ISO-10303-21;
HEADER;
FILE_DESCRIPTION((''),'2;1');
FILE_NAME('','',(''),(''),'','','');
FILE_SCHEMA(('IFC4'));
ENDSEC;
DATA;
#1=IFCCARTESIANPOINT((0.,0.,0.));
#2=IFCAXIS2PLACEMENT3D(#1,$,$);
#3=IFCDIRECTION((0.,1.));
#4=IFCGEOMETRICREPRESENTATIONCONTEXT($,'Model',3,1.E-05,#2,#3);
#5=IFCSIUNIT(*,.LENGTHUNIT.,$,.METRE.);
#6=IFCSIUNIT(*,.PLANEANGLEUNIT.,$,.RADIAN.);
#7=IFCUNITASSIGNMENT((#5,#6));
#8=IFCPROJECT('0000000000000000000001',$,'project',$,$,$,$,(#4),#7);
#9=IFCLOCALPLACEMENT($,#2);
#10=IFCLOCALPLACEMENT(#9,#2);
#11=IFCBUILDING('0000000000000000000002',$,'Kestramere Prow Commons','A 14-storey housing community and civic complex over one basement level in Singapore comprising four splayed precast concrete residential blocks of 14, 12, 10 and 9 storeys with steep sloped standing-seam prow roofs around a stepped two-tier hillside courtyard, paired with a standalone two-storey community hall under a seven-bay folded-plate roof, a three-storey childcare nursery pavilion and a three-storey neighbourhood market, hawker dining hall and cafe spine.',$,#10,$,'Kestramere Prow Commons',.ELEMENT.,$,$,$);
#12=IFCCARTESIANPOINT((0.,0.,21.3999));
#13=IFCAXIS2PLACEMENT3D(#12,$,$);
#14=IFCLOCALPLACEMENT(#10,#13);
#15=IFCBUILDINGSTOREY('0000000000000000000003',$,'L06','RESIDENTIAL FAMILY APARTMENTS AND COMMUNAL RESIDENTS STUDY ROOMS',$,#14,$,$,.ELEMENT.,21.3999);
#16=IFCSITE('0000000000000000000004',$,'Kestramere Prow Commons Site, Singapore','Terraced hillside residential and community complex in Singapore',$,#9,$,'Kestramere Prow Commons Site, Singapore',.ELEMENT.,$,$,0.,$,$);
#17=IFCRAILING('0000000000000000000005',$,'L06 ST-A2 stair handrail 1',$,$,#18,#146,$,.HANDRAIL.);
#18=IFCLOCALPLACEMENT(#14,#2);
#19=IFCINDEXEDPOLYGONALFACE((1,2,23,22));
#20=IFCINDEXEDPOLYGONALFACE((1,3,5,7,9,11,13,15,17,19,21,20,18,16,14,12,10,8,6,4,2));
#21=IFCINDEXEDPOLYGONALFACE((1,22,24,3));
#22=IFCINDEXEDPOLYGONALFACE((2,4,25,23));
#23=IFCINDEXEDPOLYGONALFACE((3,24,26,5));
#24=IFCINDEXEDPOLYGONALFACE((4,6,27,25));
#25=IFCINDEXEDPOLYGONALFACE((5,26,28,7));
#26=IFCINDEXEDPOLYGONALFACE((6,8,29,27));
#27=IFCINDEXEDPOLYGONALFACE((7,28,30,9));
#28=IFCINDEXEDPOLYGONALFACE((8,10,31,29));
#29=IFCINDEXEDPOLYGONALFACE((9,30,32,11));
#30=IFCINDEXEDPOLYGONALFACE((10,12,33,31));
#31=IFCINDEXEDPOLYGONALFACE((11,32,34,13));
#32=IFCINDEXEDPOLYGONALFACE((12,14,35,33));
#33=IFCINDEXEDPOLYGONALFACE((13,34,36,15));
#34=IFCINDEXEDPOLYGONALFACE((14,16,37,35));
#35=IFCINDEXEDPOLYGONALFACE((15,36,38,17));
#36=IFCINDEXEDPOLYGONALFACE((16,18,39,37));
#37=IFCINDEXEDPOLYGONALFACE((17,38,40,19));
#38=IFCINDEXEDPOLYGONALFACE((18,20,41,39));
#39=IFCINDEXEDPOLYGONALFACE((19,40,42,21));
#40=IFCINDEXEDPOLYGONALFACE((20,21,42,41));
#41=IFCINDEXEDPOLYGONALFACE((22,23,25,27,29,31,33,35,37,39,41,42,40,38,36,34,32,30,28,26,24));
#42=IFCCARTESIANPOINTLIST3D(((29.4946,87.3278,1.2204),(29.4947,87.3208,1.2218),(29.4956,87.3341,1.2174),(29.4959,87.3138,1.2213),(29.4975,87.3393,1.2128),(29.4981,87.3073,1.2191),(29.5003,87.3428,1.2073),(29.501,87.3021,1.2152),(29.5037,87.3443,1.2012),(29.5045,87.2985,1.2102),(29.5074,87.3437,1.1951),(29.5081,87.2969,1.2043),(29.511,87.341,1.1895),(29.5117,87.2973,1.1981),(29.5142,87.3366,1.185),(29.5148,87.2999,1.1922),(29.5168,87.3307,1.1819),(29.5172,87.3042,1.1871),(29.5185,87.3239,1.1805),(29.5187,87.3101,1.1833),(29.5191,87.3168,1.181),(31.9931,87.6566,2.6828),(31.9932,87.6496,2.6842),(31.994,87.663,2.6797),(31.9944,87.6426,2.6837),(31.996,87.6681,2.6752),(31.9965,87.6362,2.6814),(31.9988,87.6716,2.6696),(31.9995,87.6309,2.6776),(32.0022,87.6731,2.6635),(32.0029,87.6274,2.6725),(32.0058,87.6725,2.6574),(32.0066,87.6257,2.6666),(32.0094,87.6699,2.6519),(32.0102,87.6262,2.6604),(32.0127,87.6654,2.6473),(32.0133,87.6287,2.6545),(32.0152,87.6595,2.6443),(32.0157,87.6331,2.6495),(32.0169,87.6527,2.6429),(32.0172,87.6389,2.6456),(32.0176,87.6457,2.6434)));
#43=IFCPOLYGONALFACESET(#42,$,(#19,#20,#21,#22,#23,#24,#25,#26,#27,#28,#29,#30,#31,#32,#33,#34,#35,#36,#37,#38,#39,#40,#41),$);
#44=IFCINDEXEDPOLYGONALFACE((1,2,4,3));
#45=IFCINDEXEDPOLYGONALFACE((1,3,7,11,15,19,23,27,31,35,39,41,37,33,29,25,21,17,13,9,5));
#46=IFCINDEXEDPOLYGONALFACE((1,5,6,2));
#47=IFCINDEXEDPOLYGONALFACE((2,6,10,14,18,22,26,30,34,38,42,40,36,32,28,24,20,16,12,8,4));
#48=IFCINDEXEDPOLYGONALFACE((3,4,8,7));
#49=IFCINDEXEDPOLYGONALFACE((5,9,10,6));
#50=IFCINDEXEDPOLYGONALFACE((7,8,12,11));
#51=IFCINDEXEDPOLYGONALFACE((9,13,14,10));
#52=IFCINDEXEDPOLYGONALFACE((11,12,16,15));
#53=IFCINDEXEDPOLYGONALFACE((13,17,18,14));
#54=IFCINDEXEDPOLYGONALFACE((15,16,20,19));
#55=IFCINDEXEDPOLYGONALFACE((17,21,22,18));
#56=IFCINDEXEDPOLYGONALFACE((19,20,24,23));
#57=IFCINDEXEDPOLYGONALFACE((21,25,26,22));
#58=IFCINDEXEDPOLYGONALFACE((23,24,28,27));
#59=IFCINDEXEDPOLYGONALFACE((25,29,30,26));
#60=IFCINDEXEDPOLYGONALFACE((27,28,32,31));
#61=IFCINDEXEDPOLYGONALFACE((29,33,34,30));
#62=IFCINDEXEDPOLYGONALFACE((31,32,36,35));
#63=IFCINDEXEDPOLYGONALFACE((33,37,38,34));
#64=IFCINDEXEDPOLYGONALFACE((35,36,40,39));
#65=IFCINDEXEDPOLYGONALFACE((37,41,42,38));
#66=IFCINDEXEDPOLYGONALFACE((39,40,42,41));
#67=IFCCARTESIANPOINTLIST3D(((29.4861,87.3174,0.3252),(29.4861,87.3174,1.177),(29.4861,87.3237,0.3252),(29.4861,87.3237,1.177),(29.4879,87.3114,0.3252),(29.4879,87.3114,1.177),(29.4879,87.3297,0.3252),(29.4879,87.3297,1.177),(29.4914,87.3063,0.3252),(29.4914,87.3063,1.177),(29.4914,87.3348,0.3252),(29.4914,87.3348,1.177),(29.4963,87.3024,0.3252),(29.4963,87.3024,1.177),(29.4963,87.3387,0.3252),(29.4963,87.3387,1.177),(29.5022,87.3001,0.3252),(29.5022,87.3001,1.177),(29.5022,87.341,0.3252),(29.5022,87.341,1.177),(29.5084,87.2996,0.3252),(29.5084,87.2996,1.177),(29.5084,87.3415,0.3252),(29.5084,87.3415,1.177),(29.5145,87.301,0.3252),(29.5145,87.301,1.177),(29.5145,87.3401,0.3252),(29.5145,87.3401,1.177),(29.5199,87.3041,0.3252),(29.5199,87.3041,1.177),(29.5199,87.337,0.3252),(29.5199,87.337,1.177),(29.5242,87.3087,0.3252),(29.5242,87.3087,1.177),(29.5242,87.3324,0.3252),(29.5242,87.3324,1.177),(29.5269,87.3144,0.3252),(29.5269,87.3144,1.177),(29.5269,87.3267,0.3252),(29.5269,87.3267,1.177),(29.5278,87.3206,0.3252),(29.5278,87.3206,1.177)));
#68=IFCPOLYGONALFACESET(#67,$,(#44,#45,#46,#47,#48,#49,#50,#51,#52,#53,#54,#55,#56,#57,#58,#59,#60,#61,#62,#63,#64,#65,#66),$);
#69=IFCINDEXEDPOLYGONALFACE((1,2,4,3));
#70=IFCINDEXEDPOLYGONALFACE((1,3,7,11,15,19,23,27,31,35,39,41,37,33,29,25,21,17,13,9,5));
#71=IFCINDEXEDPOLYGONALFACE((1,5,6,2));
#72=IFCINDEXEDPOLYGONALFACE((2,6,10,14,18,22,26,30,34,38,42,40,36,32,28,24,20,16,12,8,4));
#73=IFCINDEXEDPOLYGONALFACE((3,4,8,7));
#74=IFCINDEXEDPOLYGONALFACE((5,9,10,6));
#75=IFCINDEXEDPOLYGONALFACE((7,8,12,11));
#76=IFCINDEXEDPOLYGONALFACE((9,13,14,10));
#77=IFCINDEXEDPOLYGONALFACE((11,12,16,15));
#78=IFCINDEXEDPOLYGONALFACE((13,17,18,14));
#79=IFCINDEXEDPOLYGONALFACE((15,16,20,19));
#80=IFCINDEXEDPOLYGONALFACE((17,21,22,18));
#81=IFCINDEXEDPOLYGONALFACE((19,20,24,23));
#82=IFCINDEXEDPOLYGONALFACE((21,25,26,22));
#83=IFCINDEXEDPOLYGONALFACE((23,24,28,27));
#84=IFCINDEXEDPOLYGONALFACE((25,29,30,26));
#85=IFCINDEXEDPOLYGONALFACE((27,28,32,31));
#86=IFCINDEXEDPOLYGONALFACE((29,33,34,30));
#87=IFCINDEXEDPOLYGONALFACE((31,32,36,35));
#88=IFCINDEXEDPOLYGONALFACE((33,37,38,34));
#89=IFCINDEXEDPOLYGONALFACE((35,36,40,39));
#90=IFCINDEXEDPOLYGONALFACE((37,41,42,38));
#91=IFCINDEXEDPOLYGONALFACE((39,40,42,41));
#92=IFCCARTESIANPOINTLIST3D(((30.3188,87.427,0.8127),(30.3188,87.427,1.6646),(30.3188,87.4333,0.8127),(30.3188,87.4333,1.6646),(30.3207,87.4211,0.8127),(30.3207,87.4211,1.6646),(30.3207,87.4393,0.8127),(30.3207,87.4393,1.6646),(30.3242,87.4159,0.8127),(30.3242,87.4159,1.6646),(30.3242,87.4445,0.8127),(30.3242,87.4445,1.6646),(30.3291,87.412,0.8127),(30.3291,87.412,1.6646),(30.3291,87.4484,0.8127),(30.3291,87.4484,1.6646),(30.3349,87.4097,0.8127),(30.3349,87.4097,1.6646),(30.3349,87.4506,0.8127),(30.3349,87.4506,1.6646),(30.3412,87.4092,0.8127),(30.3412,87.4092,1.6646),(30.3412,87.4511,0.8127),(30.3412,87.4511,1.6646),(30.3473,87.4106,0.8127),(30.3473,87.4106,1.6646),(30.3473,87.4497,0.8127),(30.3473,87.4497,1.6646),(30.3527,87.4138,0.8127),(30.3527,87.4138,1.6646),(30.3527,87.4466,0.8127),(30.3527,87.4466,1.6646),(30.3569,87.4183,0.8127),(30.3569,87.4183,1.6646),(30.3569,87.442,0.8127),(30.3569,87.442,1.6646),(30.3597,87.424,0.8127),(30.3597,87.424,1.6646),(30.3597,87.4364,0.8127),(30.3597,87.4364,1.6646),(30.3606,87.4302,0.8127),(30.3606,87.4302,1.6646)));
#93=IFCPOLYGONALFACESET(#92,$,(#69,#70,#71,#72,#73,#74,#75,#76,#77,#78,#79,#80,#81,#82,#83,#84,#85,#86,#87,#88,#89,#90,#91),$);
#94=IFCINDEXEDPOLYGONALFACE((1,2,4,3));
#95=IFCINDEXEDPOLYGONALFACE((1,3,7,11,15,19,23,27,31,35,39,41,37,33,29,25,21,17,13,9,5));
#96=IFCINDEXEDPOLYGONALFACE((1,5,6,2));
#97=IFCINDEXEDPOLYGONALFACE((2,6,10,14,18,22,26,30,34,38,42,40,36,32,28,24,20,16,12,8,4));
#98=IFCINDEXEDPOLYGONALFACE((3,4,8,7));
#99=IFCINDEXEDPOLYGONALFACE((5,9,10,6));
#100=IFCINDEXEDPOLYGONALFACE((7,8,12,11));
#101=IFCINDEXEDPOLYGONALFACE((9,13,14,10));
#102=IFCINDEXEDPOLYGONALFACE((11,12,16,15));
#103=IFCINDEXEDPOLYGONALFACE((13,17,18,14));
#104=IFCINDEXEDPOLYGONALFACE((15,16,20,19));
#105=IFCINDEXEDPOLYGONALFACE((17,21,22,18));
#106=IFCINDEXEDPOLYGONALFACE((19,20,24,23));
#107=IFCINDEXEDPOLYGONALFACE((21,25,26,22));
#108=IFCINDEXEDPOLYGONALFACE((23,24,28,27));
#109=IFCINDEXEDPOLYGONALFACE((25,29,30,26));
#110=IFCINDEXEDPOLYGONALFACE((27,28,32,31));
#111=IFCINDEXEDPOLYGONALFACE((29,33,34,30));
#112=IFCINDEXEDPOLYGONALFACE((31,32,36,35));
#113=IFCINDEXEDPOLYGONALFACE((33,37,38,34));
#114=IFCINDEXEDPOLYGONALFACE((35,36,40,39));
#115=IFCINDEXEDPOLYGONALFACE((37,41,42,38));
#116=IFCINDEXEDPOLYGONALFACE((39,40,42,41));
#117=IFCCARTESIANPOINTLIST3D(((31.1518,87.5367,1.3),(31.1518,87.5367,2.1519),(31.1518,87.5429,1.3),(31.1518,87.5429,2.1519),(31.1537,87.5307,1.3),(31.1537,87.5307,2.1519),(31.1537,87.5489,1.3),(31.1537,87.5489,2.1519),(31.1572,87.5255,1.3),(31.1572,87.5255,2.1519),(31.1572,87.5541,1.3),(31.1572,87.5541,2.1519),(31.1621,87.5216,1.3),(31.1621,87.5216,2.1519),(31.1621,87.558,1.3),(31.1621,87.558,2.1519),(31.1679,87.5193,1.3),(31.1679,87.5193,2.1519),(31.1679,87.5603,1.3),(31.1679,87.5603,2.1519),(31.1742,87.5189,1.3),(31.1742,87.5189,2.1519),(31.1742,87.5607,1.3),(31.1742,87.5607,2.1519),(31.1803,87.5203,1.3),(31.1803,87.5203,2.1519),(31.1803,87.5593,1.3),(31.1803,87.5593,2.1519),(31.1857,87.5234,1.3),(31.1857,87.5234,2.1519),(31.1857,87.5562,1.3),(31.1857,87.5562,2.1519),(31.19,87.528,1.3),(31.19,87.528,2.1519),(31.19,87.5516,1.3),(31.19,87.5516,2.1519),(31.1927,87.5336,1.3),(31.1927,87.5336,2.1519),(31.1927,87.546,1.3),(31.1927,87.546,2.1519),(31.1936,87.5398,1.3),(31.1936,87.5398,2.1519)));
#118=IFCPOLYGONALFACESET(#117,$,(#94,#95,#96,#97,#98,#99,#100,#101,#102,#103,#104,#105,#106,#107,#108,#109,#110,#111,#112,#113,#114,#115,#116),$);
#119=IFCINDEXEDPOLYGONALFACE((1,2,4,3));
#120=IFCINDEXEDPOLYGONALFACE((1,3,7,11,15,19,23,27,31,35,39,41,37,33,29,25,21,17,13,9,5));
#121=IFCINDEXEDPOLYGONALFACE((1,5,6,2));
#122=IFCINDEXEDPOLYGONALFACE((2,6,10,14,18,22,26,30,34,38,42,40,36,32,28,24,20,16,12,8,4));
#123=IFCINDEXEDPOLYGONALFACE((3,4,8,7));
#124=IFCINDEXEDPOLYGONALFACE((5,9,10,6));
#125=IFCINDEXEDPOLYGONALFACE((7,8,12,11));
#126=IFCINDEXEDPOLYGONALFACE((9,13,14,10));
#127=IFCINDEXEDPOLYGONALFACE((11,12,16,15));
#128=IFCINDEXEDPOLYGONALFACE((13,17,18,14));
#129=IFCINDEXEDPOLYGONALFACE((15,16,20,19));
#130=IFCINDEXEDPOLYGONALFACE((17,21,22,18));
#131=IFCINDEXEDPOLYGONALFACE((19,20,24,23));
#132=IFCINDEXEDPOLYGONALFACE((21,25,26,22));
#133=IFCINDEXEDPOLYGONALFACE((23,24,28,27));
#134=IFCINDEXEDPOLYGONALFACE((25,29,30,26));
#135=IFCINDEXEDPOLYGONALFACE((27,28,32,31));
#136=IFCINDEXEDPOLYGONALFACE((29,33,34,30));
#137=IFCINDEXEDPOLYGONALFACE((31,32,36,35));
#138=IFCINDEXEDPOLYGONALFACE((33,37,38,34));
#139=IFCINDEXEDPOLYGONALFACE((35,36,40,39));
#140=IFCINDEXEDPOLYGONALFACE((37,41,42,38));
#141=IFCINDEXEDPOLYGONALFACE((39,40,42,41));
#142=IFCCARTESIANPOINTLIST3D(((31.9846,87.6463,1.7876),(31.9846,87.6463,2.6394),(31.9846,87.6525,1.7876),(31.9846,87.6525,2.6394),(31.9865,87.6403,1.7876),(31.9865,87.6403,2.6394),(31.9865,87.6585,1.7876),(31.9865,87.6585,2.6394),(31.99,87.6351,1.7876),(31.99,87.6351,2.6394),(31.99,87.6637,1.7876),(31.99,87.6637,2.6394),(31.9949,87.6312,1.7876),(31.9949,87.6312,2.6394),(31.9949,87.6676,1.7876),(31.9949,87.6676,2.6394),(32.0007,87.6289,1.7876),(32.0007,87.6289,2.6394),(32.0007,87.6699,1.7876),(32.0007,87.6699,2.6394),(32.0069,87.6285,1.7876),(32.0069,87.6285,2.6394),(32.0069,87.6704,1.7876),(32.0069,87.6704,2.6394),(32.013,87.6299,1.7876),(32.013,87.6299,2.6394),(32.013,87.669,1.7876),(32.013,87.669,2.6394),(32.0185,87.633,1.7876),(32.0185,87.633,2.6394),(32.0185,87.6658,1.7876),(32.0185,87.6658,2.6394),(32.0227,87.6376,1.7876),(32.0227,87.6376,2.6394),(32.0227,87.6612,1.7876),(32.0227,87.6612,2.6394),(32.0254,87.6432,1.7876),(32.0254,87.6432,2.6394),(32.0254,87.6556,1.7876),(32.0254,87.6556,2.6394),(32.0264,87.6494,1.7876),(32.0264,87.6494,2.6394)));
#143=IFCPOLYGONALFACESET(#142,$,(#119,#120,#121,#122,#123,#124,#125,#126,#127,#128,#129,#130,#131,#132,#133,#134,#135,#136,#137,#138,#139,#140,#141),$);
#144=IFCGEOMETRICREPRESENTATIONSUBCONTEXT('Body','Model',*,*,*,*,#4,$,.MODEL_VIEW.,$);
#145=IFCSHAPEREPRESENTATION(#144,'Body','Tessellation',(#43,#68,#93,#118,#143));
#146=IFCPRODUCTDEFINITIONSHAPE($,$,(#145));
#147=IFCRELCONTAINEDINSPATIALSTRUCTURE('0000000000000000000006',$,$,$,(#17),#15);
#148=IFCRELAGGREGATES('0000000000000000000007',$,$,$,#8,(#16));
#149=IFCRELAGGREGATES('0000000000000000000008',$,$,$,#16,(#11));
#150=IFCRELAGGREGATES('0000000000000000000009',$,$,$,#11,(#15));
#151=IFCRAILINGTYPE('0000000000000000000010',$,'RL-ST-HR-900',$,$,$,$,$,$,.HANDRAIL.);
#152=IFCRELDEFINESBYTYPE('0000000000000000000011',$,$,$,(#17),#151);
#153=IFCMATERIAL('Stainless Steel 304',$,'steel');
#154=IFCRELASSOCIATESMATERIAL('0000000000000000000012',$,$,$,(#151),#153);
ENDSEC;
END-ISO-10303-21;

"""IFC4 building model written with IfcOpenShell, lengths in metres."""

from ifc_helpers import new_model, si_unit, direction, frame, origin, origin_2d, place, context, subcontext, project, spatial, circle, extrude, material, type_object, element, save


model = new_model("IFC4")

# Units and contexts
model_context = context("Model", 3, precision=1e-05, world=origin(), true_north=direction((0.0, 1.0)))
body_context = subcontext(model_context, "Body", "Model", "MODEL_VIEW")
ifc_project = project(units=[si_unit("LENGTHUNIT", "METRE"), si_unit("PLANEANGLEUNIT", "RADIAN")], contexts=[model_context])

# Site, building, storey
site_placement = place(None, origin())
site = spatial("IfcSite", under=ifc_project, at=site_placement, Name="Kestramere Prow Commons Site, Singapore", Description="Terraced hillside residential and community complex in Singapore", LongName="Kestramere Prow Commons Site, Singapore", CompositionType="ELEMENT", RefElevation=0.0)
building_placement = place(site_placement, origin())
building = spatial("IfcBuilding", under=site, at=building_placement, Name="Kestramere Prow Commons", Description="A 14-storey housing community and civic complex over one basement level in Singapore comprising four splayed precast concrete residential blocks of 14, 12, 10 and 9 storeys with steep sloped standing-seam prow roofs around a stepped two-tier hillside courtyard, paired with a standalone two-storey community hall under a seven-bay folded-plate roof, a three-storey childcare nursery pavilion and a three-storey neighbourhood market, hawker dining hall and cafe spine.", LongName="Kestramere Prow Commons", CompositionType="ELEMENT")
storey_placement = place(building_placement, frame((0.0, 0.0, 21.3999)))
storey = spatial("IfcBuildingStorey", under=building, at=storey_placement, Name="L06", Description="RESIDENTIAL FAMILY APARTMENTS AND COMMUNAL RESIDENTS STUDY ROOMS", CompositionType="ELEMENT", Elevation=21.3999)

# Railing
ifc_material_1 = material(Name="Stainless Steel 304", Category="steel")
railing_type_1 = type_object("IfcRailingType", Name="RL-ST-HR-900", PredefinedType="HANDRAIL", material=ifc_material_1)
railing_1_placement = place(storey_placement, frame((29.5068, 87.3206, 0.3252)))
element("IfcRailing", 1, at=railing_1_placement, inside=storey, type_object=railing_type_1, Name="L06 ST-A2 stair handrail 1", PredefinedType="HANDRAIL", context=body_context, shape_type="SweptSolid", body=[
    extrude(circle(Radius=0.0239, at=origin_2d()), frame((0.0, 0.0, 0.876), z_axis=(0.857523, 0.112867, 0.501912), x_axis=(-0.130495, 0.991449, 0.0)), (0.0, 0.0, 1.0), 2.9136),
    extrude(circle(Radius=0.021, at=origin_2d()), origin(), (0.0, 0.0, 1.0), 0.8518),
    extrude(circle(Radius=0.021, at=origin_2d()), frame((0.8328, 0.1096, 0.4875)), (0.0, 0.0, 1.0), 0.8518),
    extrude(circle(Radius=0.021, at=origin_2d()), frame((1.6658, 0.2192, 0.9749)), (0.0, 0.0, 1.0), 0.8518),
    extrude(circle(Radius=0.021, at=origin_2d()), frame((2.4985, 0.3289, 1.4624)), (0.0, 0.0, 1.0), 0.8518),
])

save(model, "model.ifc")
